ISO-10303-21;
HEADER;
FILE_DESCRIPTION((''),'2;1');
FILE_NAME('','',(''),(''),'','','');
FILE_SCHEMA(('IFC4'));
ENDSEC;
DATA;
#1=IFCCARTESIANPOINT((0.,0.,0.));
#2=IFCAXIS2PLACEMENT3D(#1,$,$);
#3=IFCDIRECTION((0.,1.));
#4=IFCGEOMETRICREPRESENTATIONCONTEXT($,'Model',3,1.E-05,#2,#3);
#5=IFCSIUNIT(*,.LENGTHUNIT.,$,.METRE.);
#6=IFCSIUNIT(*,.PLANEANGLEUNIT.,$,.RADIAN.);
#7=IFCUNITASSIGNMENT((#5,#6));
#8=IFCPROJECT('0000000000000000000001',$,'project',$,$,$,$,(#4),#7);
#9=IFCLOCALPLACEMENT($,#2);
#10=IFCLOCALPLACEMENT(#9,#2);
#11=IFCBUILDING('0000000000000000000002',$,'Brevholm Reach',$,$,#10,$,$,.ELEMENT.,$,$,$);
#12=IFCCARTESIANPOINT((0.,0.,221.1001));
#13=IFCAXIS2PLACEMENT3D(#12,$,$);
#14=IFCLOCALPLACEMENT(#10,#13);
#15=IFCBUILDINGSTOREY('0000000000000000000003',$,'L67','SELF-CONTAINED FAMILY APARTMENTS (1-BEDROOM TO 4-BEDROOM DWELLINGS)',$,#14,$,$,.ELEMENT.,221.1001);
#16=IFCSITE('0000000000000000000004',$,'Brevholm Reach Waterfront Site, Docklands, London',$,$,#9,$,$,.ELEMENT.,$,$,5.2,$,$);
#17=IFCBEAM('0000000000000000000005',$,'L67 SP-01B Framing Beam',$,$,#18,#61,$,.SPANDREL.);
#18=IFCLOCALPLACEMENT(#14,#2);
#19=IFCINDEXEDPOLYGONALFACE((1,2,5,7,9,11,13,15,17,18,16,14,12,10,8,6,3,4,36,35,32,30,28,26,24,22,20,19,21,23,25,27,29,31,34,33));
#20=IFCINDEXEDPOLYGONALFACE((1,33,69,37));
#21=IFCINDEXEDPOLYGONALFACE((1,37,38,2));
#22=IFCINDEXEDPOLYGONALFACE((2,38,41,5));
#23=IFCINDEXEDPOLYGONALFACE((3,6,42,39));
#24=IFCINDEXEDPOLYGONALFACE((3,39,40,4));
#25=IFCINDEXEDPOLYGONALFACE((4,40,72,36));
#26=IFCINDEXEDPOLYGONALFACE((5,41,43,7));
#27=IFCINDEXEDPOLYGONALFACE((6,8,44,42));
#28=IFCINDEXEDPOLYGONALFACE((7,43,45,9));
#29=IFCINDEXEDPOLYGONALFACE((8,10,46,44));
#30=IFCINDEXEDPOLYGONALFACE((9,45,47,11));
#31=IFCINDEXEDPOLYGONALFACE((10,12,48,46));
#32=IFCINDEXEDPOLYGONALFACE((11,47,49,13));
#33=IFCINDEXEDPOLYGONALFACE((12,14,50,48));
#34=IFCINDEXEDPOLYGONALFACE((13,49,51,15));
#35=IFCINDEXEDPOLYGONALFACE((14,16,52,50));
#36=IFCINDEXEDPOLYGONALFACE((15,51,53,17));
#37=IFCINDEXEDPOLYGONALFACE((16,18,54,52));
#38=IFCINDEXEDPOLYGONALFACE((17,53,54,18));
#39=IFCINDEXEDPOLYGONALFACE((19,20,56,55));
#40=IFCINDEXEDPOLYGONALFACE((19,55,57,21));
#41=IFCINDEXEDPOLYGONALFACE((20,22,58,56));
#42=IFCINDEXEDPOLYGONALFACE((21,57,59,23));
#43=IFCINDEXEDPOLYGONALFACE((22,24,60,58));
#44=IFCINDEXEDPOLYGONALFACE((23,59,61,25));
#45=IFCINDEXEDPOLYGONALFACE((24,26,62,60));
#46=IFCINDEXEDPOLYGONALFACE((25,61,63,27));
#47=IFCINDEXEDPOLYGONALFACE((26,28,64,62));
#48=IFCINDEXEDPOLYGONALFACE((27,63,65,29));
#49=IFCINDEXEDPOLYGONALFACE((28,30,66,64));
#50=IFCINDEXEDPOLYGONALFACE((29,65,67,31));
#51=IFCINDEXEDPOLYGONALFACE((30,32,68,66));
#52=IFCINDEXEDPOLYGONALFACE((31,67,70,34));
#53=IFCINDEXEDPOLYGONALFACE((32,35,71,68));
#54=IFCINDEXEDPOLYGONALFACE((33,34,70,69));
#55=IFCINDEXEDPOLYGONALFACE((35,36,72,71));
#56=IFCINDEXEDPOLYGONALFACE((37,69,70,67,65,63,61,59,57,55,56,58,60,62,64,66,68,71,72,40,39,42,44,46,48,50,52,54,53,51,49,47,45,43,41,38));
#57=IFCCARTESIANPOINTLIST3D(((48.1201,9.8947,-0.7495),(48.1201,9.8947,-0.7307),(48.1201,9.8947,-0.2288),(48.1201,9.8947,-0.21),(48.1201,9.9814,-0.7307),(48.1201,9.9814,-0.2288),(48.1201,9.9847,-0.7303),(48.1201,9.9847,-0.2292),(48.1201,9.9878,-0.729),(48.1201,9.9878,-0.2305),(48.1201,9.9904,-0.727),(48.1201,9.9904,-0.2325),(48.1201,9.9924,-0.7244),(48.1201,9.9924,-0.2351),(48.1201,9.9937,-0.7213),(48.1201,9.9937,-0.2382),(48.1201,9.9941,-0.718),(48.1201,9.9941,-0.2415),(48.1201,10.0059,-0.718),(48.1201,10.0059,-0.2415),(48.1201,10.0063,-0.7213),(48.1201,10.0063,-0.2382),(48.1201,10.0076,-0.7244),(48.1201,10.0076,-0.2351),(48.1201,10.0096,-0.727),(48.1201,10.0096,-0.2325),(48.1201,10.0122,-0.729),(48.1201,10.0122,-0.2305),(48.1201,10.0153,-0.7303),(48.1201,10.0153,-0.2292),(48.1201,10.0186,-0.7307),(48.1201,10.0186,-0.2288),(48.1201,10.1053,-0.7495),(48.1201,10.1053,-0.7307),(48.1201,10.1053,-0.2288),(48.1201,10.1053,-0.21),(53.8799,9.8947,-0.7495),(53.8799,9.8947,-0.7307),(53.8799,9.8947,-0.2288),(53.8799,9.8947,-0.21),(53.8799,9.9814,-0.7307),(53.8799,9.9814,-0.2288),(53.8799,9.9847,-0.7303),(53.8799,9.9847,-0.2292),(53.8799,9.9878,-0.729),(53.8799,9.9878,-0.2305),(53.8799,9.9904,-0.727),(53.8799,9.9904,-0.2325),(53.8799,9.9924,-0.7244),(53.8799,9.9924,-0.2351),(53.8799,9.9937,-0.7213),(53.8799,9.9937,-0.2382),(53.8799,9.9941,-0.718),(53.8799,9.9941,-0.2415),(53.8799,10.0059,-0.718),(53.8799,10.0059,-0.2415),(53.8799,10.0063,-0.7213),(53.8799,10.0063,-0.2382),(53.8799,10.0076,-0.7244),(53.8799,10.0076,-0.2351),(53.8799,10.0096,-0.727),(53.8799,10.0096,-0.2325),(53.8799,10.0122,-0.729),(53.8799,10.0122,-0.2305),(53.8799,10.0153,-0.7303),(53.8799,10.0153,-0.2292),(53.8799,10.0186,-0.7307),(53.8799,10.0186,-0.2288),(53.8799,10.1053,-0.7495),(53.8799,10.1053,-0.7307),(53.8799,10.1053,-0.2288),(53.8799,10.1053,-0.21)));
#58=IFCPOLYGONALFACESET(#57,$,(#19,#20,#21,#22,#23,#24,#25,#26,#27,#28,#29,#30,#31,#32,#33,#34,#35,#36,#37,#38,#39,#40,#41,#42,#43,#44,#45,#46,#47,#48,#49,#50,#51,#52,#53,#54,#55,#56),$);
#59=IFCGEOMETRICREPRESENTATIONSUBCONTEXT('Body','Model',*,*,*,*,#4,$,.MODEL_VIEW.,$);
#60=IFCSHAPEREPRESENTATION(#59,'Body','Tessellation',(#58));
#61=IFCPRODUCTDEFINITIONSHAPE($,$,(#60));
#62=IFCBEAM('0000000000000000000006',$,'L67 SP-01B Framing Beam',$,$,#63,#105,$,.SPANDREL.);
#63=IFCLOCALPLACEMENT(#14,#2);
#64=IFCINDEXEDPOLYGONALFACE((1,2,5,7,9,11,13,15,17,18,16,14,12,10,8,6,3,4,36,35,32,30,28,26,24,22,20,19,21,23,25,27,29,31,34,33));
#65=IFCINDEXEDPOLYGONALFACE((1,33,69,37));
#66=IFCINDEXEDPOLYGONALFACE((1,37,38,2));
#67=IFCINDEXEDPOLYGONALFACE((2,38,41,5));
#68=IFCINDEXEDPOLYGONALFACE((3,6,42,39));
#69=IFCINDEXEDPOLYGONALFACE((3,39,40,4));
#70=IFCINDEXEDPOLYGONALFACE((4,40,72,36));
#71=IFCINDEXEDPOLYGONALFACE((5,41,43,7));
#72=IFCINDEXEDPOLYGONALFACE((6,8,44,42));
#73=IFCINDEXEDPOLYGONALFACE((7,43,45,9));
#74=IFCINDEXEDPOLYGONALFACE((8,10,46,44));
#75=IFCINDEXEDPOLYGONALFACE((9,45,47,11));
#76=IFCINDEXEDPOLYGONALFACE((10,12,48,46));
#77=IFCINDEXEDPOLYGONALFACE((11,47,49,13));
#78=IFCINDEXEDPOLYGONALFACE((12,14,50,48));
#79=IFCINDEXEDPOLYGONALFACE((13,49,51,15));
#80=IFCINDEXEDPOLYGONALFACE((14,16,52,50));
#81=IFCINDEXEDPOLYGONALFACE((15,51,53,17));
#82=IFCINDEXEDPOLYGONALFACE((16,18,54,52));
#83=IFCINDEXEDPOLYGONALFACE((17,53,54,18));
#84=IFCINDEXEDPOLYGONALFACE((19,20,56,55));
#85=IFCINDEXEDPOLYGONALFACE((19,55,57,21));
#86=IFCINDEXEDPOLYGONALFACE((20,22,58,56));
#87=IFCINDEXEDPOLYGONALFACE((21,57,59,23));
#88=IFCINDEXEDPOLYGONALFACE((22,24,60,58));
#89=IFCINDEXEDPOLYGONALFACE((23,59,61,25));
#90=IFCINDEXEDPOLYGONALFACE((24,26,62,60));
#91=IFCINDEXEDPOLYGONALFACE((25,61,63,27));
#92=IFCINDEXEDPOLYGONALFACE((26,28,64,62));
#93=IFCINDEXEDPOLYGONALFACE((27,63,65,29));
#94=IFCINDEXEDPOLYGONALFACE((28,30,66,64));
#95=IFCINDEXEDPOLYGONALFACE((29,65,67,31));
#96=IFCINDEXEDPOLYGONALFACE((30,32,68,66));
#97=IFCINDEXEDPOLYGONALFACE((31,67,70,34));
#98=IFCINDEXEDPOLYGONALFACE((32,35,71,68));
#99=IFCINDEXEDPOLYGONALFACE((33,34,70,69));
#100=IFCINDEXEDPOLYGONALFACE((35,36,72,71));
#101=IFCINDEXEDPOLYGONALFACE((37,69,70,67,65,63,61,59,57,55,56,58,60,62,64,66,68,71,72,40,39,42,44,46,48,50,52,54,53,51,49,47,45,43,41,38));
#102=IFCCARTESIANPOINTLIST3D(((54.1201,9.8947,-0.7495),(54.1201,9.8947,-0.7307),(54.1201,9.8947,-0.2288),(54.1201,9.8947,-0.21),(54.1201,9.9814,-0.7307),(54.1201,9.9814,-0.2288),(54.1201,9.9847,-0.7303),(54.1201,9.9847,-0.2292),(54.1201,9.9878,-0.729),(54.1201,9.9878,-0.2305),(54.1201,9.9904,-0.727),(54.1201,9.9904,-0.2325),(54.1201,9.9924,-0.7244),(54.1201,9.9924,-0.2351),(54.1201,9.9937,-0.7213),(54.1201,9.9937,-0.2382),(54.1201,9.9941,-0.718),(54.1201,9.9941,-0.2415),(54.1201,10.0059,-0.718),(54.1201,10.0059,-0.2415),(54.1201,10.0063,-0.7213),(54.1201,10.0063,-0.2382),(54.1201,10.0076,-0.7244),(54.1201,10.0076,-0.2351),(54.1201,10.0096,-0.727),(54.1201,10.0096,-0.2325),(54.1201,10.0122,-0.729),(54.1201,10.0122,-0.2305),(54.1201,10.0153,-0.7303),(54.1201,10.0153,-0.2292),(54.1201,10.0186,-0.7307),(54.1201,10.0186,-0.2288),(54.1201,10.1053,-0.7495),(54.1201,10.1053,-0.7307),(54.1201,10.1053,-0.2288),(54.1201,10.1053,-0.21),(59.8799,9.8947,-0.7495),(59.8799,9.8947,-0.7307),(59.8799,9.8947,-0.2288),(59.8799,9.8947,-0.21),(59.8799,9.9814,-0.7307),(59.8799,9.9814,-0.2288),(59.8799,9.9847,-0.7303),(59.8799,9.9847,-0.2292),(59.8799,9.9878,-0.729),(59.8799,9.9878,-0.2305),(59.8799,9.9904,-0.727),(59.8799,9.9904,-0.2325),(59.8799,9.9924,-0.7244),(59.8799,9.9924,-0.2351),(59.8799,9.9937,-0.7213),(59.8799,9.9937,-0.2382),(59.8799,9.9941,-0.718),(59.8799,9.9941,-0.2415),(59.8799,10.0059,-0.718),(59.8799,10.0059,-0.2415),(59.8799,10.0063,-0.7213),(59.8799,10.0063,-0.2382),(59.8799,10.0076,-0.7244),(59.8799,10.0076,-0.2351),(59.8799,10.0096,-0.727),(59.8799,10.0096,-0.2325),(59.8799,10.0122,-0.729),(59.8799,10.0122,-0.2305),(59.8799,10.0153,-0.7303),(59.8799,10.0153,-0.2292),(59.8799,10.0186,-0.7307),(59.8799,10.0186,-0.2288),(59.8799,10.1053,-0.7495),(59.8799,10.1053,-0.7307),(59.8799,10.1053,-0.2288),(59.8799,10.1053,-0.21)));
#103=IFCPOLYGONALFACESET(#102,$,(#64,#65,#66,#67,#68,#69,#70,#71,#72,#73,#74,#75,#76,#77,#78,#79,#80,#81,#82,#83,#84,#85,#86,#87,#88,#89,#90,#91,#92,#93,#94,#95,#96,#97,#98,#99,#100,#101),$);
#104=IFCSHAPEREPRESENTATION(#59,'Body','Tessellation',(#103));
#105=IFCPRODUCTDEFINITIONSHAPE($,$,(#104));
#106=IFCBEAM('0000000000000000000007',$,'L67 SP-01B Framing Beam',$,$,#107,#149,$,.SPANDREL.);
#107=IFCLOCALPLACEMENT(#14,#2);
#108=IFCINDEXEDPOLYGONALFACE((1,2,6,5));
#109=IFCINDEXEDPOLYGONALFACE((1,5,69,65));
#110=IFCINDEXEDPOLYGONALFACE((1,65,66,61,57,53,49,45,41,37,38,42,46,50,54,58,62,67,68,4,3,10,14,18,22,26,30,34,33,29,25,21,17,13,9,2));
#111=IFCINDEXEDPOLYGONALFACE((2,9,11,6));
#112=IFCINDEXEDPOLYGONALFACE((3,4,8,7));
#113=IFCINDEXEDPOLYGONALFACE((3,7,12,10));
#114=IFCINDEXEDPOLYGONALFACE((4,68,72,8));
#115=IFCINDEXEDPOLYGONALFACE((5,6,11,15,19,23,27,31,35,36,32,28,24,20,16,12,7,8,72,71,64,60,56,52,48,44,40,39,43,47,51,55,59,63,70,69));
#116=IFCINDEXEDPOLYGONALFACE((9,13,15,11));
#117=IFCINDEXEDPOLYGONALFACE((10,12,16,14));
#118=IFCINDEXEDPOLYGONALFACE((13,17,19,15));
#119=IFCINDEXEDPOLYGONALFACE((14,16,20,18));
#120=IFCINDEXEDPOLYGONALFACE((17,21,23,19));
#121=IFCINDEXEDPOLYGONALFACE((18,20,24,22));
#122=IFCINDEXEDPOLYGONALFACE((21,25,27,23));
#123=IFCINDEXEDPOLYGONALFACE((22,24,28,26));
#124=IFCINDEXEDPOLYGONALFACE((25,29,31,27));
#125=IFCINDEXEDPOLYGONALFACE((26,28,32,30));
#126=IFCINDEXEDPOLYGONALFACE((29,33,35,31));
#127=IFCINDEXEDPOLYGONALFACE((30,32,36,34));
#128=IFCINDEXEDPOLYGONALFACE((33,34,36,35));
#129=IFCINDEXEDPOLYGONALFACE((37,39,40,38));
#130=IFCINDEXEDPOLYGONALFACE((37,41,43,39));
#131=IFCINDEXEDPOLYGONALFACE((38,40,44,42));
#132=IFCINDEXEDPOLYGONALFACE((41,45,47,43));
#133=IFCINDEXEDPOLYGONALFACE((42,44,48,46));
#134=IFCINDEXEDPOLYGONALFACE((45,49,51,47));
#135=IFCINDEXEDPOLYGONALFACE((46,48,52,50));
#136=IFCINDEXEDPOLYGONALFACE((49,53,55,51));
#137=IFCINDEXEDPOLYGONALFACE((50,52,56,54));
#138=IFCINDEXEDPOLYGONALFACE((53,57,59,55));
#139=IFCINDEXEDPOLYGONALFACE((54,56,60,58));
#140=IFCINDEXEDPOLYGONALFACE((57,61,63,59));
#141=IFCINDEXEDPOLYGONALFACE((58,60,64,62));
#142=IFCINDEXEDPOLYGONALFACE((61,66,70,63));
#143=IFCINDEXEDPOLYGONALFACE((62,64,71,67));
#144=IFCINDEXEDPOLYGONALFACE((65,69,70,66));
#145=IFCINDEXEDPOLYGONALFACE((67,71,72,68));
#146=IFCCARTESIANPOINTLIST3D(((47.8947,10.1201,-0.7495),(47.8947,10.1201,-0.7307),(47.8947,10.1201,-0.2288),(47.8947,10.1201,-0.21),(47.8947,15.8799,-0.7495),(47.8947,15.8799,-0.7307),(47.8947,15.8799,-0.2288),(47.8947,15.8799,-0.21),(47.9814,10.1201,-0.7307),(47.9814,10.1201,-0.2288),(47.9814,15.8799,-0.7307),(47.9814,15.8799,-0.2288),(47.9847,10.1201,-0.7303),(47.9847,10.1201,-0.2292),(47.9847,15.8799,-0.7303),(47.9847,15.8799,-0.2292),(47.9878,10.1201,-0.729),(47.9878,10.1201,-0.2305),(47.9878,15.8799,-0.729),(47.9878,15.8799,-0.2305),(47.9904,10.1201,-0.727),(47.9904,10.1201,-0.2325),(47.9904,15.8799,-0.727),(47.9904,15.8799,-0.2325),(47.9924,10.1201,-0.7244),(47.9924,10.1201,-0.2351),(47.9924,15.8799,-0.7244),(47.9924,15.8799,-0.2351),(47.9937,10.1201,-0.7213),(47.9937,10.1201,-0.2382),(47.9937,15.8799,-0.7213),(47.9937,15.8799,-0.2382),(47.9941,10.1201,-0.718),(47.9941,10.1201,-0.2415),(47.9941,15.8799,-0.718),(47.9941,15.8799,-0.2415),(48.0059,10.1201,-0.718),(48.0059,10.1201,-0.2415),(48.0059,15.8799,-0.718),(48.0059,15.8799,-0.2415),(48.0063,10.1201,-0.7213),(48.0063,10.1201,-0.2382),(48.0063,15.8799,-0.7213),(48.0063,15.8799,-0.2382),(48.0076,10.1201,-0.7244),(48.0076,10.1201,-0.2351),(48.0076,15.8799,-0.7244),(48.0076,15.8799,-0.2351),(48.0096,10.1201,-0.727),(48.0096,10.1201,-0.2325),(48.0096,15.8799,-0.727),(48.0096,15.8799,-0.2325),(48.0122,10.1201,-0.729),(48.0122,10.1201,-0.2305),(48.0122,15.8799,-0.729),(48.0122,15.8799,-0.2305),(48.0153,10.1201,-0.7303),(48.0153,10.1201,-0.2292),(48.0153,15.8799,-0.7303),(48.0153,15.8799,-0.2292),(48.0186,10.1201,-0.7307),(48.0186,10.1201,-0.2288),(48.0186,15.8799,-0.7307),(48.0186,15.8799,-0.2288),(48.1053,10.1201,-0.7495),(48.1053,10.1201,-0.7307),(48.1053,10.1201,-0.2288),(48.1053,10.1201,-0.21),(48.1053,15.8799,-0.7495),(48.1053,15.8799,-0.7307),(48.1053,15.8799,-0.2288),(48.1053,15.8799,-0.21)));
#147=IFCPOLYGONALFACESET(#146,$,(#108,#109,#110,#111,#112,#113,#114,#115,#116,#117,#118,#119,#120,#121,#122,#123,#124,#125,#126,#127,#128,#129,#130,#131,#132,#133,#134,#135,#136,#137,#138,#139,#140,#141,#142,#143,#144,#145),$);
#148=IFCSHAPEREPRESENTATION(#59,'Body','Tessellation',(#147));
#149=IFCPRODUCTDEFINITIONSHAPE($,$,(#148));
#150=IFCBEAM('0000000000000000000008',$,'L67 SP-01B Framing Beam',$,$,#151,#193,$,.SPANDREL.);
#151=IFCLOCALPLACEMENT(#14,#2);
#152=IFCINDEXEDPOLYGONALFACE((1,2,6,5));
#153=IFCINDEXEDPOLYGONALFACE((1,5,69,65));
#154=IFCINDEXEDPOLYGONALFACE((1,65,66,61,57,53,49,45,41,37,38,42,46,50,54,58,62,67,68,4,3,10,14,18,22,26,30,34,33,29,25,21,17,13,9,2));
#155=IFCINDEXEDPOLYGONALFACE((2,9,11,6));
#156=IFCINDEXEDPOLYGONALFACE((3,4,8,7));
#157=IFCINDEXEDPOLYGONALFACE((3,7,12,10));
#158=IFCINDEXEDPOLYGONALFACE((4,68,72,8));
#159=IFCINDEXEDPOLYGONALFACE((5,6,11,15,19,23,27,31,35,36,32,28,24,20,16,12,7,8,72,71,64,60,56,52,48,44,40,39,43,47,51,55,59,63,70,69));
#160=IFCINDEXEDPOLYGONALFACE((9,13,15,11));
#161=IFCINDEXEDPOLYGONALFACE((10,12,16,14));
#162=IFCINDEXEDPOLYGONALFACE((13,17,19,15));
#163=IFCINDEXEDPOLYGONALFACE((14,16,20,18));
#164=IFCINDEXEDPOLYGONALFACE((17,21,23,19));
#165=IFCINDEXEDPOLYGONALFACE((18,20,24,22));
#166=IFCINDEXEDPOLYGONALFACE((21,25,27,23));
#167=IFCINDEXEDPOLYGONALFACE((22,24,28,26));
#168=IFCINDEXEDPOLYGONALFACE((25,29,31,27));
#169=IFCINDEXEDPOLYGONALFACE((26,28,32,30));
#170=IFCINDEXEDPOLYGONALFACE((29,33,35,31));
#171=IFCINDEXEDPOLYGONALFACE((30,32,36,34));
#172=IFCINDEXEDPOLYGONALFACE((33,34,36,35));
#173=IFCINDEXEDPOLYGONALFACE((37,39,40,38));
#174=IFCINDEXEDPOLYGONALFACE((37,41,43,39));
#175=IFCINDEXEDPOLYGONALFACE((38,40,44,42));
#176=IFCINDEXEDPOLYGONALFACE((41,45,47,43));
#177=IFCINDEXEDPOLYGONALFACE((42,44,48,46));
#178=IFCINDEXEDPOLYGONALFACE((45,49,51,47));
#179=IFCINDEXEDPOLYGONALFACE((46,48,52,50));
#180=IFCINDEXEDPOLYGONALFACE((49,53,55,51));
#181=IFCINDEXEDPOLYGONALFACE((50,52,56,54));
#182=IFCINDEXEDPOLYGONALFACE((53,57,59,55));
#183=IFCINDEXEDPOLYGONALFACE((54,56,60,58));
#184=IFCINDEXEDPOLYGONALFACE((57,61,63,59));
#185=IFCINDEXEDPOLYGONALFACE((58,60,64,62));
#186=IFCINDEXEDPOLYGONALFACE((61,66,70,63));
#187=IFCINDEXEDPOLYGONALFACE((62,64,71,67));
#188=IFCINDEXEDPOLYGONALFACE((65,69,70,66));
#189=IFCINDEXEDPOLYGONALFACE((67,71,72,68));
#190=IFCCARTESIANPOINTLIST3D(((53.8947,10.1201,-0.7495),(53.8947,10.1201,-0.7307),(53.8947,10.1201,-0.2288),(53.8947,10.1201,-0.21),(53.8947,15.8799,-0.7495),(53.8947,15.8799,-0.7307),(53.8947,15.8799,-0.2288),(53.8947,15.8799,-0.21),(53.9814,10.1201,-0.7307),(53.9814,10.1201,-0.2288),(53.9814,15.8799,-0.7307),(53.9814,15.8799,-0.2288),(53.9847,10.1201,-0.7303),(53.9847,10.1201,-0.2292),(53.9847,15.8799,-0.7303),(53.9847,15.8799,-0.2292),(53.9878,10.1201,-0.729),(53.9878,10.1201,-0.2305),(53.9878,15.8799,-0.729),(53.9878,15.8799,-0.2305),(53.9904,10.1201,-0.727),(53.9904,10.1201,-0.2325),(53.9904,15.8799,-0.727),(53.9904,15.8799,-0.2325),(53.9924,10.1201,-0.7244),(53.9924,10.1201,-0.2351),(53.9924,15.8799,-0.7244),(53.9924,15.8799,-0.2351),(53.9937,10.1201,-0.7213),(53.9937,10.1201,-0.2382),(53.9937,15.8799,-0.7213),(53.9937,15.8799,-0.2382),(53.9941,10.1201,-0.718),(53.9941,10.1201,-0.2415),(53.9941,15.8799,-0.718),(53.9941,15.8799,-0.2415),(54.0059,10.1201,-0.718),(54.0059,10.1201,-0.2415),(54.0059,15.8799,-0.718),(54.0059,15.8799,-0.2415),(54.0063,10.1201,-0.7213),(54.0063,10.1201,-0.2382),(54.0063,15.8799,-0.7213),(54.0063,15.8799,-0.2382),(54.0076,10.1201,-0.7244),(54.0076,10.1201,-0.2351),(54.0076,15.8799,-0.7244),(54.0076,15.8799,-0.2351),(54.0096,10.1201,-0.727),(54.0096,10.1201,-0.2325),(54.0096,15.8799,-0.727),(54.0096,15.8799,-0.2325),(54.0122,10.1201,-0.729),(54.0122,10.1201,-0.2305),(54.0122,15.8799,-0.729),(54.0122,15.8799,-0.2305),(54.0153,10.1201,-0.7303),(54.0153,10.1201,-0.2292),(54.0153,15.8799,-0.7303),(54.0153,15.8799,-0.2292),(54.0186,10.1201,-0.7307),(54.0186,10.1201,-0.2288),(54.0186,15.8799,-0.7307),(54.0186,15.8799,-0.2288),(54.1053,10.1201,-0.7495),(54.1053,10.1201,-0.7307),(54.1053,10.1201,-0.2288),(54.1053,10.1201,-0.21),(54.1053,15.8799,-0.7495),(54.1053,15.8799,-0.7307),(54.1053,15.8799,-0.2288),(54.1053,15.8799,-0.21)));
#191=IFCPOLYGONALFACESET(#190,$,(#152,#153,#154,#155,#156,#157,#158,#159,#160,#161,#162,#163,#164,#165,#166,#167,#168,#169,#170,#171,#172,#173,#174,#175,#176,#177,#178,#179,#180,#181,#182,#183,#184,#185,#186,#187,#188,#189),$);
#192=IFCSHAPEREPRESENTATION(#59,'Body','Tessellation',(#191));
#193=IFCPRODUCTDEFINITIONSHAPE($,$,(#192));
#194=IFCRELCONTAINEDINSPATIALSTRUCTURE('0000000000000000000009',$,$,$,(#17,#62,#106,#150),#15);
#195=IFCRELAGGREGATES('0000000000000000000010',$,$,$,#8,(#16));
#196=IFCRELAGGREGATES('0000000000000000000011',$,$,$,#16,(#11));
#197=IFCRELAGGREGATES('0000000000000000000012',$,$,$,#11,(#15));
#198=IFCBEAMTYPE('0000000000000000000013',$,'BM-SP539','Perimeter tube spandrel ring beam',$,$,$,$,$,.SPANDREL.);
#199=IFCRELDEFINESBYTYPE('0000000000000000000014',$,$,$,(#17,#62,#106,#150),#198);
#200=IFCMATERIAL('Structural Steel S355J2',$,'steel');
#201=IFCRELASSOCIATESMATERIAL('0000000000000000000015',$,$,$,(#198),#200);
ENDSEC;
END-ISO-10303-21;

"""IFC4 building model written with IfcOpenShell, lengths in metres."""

from ifc_helpers import new_model, si_unit, direction, frame, origin, origin_2d, place, context, subcontext, project, spatial, i_section, extrude, material, material_profile, profile_set, type_object, element, save


model = new_model("IFC4")

# Units and contexts
model_context = context("Model", 3, precision=1e-05, world=origin(), true_north=direction((0.0, 1.0)))
body_context = subcontext(model_context, "Body", "Model", "MODEL_VIEW")
ifc_project = project(units=[si_unit("LENGTHUNIT", "METRE"), si_unit("PLANEANGLEUNIT", "RADIAN")], contexts=[model_context])

# Site, building, storey
site_placement = place(None, origin())
site = spatial("IfcSite", under=ifc_project, at=site_placement, Name="Brevholm Reach Waterfront Site, Docklands, London", CompositionType="ELEMENT", RefElevation=5.2)
building_placement = place(site_placement, origin())
building = spatial("IfcBuilding", under=site, at=building_placement, Name="Brevholm Reach", CompositionType="ELEMENT")
storey_placement = place(building_placement, frame((0.0, 0.0, 221.1001)))
storey = spatial("IfcBuildingStorey", under=building, at=storey_placement, Name="L67", Description="SELF-CONTAINED FAMILY APARTMENTS (1-BEDROOM TO 4-BEDROOM DWELLINGS)", CompositionType="ELEMENT", Elevation=221.1001)

# Beams
ifc_material_1 = material(Name="Structural Steel S355J2", Category="steel")
ifc_material_profile_1 = material_profile(ifc_material_1, i_section(OverallWidth=0.2107, OverallDepth=0.5396, WebThickness=0.0117, FlangeThickness=0.0188, FilletRadius=0.0127, at=origin_2d()), Name="UKB 533x210x109")
ifc_profile_set_1 = profile_set([ifc_material_profile_1], Name="Structural Steel S355J2")
beam_type_1 = type_object("IfcBeamType", Name="BM-SP539", Description="Perimeter tube spandrel ring beam", PredefinedType="SPANDREL", material=ifc_profile_set_1)
for number, where, z_axis, x_axis, name in (
    (1, (48.1201, 10.0, -0.4797), (1.0, 0.0, 0.0), (0.0, 1.0, 0.0), "L67 SP-01B Framing Beam"),
    (2, (54.1201, 10.0, -0.4797), (1.0, 0.0, 0.0), (0.0, 1.0, 0.0), "L67 SP-01B Framing Beam"),
    (3, (48.0, 10.1201, -0.4797), (0.0, 1.0, 0.0), (-1.0, 0.0, 0.0), "L67 SP-01B Framing Beam"),
    (4, (54.0, 10.1201, -0.4797), (0.0, 1.0, 0.0), (-1.0, 0.0, 0.0), "L67 SP-01B Framing Beam"),
):
    element("IfcBeam", number, at=place(storey_placement, frame(where, z_axis=z_axis, x_axis=x_axis)), inside=storey, type_object=beam_type_1, Name=name, PredefinedType="SPANDREL", context=body_context, shape_type="SweptSolid", body=[
        extrude(i_section(OverallWidth=0.2107, OverallDepth=0.5396, WebThickness=0.0117, FlangeThickness=0.0188, FilletRadius=0.0127, at=origin_2d()), origin(), (0.0, 0.0, 1.0), 5.7598),
    ])

save(model, "model.ifc")
